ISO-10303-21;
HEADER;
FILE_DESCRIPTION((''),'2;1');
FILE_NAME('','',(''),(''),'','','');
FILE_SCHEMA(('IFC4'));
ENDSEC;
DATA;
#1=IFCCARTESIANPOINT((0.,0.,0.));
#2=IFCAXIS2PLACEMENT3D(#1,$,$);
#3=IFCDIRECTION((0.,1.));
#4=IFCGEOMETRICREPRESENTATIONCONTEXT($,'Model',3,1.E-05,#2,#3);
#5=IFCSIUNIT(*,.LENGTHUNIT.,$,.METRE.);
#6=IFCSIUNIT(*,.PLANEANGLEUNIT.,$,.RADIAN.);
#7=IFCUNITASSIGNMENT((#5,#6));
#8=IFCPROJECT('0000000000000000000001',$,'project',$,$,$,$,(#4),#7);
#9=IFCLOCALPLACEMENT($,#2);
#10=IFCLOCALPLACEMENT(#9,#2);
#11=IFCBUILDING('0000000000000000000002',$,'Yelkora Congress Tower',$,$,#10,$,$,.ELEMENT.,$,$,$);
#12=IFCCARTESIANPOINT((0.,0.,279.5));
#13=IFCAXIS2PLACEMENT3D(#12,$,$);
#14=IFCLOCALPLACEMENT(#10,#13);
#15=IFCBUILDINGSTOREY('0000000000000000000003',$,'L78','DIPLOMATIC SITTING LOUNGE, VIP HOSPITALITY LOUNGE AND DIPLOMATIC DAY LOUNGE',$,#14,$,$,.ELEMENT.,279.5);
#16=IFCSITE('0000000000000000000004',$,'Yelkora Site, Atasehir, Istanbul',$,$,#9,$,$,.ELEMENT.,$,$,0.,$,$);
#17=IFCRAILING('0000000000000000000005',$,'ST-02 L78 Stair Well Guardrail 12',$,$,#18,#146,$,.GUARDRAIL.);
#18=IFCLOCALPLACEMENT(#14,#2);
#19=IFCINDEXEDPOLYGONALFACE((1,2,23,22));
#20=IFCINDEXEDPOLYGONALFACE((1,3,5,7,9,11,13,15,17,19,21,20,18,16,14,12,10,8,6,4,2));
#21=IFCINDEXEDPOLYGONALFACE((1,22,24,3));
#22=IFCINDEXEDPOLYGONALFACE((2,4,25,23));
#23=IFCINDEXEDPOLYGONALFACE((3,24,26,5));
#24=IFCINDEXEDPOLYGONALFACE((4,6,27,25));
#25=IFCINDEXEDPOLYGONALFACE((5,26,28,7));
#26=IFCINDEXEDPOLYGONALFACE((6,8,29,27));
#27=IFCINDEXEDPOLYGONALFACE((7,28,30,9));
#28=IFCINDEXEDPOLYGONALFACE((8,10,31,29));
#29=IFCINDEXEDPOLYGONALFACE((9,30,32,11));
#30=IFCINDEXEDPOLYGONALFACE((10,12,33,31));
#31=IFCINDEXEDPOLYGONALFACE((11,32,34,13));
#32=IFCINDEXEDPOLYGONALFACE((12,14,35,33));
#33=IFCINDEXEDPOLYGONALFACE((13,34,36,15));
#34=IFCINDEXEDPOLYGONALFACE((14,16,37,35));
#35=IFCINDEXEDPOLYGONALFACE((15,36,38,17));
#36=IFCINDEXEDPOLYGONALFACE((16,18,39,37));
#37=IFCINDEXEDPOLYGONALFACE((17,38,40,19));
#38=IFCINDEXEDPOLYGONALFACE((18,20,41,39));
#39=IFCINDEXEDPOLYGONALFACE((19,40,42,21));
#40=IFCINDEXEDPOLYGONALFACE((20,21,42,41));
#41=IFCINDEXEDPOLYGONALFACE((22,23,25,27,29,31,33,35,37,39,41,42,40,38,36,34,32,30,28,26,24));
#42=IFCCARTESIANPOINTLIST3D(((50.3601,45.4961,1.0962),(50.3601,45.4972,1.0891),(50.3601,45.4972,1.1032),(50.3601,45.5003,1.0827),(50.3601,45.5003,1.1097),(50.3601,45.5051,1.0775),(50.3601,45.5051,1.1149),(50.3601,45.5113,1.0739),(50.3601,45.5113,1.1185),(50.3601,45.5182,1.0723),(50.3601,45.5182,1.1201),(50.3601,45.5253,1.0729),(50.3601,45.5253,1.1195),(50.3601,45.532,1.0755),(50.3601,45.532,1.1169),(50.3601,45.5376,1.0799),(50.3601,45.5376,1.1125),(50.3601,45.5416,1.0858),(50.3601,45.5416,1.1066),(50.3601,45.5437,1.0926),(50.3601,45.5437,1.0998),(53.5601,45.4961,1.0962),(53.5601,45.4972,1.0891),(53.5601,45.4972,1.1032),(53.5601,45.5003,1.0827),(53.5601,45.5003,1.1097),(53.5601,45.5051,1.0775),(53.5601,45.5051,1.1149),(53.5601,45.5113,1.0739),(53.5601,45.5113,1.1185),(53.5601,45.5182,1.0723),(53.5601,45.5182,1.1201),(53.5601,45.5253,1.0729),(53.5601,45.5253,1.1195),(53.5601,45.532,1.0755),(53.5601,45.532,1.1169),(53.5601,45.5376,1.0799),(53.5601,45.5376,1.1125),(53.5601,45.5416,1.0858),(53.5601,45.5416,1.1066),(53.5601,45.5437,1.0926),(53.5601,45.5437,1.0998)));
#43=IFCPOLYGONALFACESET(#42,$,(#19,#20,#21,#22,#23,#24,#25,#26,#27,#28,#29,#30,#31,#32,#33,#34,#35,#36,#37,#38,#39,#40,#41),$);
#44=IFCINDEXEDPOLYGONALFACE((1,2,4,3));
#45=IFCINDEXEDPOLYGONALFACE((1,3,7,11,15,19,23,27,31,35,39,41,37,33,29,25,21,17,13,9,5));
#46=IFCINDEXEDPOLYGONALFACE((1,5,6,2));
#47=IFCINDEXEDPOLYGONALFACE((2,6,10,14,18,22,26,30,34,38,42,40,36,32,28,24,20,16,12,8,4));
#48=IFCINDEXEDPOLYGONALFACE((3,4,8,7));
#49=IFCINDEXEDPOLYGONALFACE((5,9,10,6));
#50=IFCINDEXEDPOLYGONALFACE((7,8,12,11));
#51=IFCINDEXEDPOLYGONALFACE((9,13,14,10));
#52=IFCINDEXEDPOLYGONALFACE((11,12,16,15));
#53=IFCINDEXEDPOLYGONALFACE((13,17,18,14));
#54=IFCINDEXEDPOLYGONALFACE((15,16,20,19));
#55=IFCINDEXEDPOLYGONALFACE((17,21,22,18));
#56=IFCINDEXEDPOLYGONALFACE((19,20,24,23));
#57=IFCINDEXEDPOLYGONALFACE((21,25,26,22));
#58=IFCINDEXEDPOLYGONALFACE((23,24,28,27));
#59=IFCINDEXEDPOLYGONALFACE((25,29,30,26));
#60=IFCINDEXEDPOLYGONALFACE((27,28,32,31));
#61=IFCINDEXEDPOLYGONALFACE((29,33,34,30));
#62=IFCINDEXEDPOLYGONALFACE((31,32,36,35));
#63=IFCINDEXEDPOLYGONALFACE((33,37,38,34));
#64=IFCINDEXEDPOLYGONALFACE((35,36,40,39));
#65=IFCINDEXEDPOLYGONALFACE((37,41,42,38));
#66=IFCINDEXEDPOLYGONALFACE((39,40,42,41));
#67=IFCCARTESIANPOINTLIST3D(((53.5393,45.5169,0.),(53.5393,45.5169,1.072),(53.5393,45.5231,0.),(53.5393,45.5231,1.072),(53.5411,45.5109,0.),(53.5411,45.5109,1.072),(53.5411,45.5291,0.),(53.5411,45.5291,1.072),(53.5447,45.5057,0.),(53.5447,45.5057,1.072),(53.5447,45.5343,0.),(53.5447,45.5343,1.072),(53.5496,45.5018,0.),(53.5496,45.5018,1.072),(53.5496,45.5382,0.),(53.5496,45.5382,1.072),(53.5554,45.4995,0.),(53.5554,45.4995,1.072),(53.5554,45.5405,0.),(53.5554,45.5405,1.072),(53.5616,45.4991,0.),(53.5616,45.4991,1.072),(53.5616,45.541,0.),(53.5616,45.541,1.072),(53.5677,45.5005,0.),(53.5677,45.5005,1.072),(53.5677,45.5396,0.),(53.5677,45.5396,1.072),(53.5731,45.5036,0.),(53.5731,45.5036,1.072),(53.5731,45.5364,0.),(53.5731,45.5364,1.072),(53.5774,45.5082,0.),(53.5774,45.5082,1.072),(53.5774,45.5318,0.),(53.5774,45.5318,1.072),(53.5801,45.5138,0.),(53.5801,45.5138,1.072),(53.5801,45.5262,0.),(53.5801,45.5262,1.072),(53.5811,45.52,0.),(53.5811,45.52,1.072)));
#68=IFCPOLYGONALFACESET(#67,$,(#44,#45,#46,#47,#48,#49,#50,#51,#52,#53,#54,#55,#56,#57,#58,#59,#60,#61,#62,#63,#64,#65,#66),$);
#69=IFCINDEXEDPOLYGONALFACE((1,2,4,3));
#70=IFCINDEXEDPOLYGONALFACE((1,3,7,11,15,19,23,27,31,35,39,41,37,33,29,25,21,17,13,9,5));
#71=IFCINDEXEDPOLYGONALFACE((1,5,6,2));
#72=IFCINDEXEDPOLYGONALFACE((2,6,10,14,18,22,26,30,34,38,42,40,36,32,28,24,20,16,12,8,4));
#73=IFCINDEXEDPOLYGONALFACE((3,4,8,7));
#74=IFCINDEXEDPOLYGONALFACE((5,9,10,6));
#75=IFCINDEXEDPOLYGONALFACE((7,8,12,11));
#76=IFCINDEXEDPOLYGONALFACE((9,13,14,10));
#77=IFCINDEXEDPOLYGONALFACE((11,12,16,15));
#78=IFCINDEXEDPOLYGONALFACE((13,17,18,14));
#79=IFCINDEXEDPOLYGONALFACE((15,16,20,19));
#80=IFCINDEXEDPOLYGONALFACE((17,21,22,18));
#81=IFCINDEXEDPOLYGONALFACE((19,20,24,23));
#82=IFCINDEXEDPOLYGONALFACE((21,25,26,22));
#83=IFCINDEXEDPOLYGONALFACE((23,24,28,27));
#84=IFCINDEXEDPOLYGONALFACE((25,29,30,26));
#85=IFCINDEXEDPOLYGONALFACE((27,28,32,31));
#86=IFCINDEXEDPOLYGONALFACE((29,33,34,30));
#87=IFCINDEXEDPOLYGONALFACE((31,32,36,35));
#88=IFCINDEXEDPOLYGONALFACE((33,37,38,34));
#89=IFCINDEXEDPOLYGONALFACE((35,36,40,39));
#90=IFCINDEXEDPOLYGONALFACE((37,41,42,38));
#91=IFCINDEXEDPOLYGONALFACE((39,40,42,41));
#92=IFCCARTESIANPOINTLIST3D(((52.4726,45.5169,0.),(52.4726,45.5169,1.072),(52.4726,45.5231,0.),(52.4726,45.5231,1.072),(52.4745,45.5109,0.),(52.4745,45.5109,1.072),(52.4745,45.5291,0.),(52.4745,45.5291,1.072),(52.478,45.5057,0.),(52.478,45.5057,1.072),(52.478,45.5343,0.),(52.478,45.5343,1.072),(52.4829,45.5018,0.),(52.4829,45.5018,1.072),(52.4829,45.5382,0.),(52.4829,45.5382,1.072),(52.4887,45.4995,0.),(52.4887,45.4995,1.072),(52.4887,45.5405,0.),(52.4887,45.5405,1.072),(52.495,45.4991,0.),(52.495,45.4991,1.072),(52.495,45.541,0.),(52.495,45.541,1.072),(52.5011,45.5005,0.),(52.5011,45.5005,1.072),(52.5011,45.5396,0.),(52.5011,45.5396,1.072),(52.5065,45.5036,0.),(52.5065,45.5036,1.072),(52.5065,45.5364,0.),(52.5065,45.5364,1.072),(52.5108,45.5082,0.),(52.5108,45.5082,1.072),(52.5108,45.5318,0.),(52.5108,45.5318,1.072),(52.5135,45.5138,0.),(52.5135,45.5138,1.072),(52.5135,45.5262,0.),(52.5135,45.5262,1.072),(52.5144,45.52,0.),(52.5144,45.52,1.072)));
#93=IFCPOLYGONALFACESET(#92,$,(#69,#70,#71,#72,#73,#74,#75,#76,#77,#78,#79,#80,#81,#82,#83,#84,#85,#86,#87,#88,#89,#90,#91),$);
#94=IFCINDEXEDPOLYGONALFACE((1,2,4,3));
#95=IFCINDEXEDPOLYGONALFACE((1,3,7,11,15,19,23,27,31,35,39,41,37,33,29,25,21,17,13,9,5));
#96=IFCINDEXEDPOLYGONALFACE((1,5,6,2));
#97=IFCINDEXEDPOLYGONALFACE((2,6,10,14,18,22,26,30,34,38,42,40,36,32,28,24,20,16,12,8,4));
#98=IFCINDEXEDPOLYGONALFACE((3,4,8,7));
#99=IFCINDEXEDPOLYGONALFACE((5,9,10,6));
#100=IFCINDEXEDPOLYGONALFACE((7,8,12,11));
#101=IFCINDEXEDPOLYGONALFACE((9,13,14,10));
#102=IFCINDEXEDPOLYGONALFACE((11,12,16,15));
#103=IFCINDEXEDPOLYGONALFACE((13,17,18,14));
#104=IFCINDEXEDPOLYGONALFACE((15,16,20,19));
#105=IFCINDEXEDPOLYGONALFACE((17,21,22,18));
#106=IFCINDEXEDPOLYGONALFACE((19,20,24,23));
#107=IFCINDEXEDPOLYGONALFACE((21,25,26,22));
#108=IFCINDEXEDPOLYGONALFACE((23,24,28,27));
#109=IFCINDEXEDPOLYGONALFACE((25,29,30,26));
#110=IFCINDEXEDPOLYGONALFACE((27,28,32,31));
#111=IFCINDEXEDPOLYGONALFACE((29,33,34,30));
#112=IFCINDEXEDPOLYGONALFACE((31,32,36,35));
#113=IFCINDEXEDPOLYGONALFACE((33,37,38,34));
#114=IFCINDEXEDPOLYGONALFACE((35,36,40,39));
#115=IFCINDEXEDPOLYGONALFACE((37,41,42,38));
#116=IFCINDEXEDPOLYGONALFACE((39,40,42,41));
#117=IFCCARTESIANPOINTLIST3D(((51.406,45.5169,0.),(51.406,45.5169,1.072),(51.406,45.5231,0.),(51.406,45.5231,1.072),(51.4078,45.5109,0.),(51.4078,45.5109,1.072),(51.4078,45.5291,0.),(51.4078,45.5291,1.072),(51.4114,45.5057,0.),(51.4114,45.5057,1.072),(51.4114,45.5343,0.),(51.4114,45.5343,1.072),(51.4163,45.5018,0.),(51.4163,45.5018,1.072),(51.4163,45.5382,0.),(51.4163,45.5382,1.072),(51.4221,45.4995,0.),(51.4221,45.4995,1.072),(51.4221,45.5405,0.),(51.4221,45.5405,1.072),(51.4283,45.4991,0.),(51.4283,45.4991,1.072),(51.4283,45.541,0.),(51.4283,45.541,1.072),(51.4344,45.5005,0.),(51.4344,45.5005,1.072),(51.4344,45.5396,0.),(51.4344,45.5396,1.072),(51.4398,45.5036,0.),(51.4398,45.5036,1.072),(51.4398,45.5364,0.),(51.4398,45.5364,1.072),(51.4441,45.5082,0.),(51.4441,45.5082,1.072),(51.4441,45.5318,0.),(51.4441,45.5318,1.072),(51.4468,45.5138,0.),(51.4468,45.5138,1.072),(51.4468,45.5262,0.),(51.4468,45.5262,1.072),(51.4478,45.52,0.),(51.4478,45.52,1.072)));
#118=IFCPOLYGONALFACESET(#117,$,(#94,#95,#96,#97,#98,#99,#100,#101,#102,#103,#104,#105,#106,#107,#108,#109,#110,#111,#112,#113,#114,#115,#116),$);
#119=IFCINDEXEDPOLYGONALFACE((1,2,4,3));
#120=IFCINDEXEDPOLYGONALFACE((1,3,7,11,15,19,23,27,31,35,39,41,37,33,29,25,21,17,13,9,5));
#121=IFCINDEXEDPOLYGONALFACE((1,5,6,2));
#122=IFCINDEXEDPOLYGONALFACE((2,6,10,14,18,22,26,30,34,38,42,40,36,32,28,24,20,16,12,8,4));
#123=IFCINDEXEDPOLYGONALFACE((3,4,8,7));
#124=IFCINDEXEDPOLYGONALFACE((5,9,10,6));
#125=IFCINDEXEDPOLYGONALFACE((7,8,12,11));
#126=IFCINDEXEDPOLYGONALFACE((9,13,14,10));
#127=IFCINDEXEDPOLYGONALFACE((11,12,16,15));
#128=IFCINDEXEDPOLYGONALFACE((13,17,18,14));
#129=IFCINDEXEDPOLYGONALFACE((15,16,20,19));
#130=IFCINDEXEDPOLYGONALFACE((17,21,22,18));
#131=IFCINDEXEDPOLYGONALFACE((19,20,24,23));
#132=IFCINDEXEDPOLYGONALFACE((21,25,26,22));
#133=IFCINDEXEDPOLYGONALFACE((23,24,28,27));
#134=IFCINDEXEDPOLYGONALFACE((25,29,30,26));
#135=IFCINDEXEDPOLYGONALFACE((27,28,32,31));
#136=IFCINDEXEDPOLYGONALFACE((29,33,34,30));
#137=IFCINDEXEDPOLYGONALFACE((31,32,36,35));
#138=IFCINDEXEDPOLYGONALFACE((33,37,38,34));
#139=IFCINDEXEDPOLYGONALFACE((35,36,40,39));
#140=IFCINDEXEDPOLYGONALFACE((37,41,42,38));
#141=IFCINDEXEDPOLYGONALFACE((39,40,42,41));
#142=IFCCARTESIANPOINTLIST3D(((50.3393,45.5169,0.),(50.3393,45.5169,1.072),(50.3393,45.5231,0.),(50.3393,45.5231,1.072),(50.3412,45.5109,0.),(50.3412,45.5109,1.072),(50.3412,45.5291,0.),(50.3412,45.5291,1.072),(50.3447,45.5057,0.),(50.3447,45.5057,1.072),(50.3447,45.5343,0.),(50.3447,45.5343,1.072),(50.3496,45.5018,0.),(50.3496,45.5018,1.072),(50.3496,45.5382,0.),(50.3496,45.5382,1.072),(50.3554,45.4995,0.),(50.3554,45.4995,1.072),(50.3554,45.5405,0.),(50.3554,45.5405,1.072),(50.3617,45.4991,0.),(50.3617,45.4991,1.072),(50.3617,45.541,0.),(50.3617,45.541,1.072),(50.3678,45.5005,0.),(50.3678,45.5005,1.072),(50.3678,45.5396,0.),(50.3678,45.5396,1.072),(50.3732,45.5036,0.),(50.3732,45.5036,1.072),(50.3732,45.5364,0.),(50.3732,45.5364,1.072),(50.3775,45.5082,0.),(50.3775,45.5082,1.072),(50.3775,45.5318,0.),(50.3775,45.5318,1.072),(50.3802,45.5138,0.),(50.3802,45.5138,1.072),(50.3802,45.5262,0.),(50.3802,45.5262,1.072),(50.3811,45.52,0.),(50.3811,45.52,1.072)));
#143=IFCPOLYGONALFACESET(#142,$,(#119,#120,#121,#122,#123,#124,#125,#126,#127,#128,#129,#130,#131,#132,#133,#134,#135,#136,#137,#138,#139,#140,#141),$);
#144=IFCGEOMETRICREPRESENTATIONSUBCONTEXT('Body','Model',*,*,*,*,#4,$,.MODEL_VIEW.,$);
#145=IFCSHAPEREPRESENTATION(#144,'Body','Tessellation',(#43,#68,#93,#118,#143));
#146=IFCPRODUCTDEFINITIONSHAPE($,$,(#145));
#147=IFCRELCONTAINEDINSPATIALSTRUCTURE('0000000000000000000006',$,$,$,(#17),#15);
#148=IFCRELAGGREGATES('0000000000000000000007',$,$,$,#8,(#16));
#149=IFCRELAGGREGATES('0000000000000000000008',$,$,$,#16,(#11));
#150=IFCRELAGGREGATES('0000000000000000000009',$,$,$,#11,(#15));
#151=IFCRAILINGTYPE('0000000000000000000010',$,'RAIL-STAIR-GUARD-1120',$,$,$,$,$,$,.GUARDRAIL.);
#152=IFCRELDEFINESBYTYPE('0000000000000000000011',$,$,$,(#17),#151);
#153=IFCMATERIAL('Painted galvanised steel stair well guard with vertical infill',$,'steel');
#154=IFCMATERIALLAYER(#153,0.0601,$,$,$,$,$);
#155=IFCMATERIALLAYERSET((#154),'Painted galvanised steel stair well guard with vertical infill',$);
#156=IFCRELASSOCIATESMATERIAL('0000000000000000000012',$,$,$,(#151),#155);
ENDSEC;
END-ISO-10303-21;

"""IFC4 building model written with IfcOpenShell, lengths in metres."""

from ifc_helpers import new_model, si_unit, direction, frame, origin, origin_2d, place, context, subcontext, project, spatial, circle, extrude, material, layer, layer_set, type_object, element, save


model = new_model("IFC4")

# Units and contexts
model_context = context("Model", 3, precision=1e-05, world=origin(), true_north=direction((0.0, 1.0)))
body_context = subcontext(model_context, "Body", "Model", "MODEL_VIEW")
ifc_project = project(units=[si_unit("LENGTHUNIT", "METRE"), si_unit("PLANEANGLEUNIT", "RADIAN")], contexts=[model_context])

# Site, building, storey
site_placement = place(None, origin())
site = spatial("IfcSite", under=ifc_project, at=site_placement, Name="Yelkora Site, Atasehir, Istanbul", CompositionType="ELEMENT", RefElevation=0.0)
building_placement = place(site_placement, origin())
building = spatial("IfcBuilding", under=site, at=building_placement, Name="Yelkora Congress Tower", CompositionType="ELEMENT")
storey_placement = place(building_placement, frame((0.0, 0.0, 279.5)))
storey = spatial("IfcBuildingStorey", under=building, at=storey_placement, Name="L78", Description="DIPLOMATIC SITTING LOUNGE, VIP HOSPITALITY LOUNGE AND DIPLOMATIC DAY LOUNGE", CompositionType="ELEMENT", Elevation=279.5)

# Railing
ifc_material_1 = material(Name="Painted galvanised steel stair well guard with vertical infill", Category="steel")
ifc_layer_1 = layer(ifc_material_1, 0.0601)
ifc_layer_set_1 = layer_set([ifc_layer_1], Name="Painted galvanised steel stair well guard with vertical infill")
railing_type = type_object("IfcRailingType", Name="RAIL-STAIR-GUARD-1120", PredefinedType="GUARDRAIL", material=ifc_layer_set_1)
railing_1_placement = place(storey_placement, frame((53.5601, 45.52, 0.0)))
element("IfcRailing", 1, at=railing_1_placement, inside=storey, type_object=railing_type, Name="ST-02 L78 Stair Well Guardrail 12", PredefinedType="GUARDRAIL", context=body_context, shape_type="SweptSolid", body=[
    extrude(circle(Radius=0.0239, at=origin_2d()), frame((0.0, 0.0, 1.0962), z_axis=(-1.0, 0.0, 0.0), x_axis=(0.0, -1.0, 0.0)), (0.0, 0.0, 1.0), 3.2),
    extrude(circle(Radius=0.021, at=origin_2d()), origin(), (0.0, 0.0, 1.0), 1.072),
    extrude(circle(Radius=0.021, at=origin_2d()), frame((-1.0667, 0.0, 0.0)), (0.0, 0.0, 1.0), 1.072),
    extrude(circle(Radius=0.021, at=origin_2d()), frame((-2.1333, 0.0, 0.0)), (0.0, 0.0, 1.0), 1.072),
    extrude(circle(Radius=0.021, at=origin_2d()), frame((-3.2, 0.0, 0.0)), (0.0, 0.0, 1.0), 1.072),
])

save(model, "model.ifc")
